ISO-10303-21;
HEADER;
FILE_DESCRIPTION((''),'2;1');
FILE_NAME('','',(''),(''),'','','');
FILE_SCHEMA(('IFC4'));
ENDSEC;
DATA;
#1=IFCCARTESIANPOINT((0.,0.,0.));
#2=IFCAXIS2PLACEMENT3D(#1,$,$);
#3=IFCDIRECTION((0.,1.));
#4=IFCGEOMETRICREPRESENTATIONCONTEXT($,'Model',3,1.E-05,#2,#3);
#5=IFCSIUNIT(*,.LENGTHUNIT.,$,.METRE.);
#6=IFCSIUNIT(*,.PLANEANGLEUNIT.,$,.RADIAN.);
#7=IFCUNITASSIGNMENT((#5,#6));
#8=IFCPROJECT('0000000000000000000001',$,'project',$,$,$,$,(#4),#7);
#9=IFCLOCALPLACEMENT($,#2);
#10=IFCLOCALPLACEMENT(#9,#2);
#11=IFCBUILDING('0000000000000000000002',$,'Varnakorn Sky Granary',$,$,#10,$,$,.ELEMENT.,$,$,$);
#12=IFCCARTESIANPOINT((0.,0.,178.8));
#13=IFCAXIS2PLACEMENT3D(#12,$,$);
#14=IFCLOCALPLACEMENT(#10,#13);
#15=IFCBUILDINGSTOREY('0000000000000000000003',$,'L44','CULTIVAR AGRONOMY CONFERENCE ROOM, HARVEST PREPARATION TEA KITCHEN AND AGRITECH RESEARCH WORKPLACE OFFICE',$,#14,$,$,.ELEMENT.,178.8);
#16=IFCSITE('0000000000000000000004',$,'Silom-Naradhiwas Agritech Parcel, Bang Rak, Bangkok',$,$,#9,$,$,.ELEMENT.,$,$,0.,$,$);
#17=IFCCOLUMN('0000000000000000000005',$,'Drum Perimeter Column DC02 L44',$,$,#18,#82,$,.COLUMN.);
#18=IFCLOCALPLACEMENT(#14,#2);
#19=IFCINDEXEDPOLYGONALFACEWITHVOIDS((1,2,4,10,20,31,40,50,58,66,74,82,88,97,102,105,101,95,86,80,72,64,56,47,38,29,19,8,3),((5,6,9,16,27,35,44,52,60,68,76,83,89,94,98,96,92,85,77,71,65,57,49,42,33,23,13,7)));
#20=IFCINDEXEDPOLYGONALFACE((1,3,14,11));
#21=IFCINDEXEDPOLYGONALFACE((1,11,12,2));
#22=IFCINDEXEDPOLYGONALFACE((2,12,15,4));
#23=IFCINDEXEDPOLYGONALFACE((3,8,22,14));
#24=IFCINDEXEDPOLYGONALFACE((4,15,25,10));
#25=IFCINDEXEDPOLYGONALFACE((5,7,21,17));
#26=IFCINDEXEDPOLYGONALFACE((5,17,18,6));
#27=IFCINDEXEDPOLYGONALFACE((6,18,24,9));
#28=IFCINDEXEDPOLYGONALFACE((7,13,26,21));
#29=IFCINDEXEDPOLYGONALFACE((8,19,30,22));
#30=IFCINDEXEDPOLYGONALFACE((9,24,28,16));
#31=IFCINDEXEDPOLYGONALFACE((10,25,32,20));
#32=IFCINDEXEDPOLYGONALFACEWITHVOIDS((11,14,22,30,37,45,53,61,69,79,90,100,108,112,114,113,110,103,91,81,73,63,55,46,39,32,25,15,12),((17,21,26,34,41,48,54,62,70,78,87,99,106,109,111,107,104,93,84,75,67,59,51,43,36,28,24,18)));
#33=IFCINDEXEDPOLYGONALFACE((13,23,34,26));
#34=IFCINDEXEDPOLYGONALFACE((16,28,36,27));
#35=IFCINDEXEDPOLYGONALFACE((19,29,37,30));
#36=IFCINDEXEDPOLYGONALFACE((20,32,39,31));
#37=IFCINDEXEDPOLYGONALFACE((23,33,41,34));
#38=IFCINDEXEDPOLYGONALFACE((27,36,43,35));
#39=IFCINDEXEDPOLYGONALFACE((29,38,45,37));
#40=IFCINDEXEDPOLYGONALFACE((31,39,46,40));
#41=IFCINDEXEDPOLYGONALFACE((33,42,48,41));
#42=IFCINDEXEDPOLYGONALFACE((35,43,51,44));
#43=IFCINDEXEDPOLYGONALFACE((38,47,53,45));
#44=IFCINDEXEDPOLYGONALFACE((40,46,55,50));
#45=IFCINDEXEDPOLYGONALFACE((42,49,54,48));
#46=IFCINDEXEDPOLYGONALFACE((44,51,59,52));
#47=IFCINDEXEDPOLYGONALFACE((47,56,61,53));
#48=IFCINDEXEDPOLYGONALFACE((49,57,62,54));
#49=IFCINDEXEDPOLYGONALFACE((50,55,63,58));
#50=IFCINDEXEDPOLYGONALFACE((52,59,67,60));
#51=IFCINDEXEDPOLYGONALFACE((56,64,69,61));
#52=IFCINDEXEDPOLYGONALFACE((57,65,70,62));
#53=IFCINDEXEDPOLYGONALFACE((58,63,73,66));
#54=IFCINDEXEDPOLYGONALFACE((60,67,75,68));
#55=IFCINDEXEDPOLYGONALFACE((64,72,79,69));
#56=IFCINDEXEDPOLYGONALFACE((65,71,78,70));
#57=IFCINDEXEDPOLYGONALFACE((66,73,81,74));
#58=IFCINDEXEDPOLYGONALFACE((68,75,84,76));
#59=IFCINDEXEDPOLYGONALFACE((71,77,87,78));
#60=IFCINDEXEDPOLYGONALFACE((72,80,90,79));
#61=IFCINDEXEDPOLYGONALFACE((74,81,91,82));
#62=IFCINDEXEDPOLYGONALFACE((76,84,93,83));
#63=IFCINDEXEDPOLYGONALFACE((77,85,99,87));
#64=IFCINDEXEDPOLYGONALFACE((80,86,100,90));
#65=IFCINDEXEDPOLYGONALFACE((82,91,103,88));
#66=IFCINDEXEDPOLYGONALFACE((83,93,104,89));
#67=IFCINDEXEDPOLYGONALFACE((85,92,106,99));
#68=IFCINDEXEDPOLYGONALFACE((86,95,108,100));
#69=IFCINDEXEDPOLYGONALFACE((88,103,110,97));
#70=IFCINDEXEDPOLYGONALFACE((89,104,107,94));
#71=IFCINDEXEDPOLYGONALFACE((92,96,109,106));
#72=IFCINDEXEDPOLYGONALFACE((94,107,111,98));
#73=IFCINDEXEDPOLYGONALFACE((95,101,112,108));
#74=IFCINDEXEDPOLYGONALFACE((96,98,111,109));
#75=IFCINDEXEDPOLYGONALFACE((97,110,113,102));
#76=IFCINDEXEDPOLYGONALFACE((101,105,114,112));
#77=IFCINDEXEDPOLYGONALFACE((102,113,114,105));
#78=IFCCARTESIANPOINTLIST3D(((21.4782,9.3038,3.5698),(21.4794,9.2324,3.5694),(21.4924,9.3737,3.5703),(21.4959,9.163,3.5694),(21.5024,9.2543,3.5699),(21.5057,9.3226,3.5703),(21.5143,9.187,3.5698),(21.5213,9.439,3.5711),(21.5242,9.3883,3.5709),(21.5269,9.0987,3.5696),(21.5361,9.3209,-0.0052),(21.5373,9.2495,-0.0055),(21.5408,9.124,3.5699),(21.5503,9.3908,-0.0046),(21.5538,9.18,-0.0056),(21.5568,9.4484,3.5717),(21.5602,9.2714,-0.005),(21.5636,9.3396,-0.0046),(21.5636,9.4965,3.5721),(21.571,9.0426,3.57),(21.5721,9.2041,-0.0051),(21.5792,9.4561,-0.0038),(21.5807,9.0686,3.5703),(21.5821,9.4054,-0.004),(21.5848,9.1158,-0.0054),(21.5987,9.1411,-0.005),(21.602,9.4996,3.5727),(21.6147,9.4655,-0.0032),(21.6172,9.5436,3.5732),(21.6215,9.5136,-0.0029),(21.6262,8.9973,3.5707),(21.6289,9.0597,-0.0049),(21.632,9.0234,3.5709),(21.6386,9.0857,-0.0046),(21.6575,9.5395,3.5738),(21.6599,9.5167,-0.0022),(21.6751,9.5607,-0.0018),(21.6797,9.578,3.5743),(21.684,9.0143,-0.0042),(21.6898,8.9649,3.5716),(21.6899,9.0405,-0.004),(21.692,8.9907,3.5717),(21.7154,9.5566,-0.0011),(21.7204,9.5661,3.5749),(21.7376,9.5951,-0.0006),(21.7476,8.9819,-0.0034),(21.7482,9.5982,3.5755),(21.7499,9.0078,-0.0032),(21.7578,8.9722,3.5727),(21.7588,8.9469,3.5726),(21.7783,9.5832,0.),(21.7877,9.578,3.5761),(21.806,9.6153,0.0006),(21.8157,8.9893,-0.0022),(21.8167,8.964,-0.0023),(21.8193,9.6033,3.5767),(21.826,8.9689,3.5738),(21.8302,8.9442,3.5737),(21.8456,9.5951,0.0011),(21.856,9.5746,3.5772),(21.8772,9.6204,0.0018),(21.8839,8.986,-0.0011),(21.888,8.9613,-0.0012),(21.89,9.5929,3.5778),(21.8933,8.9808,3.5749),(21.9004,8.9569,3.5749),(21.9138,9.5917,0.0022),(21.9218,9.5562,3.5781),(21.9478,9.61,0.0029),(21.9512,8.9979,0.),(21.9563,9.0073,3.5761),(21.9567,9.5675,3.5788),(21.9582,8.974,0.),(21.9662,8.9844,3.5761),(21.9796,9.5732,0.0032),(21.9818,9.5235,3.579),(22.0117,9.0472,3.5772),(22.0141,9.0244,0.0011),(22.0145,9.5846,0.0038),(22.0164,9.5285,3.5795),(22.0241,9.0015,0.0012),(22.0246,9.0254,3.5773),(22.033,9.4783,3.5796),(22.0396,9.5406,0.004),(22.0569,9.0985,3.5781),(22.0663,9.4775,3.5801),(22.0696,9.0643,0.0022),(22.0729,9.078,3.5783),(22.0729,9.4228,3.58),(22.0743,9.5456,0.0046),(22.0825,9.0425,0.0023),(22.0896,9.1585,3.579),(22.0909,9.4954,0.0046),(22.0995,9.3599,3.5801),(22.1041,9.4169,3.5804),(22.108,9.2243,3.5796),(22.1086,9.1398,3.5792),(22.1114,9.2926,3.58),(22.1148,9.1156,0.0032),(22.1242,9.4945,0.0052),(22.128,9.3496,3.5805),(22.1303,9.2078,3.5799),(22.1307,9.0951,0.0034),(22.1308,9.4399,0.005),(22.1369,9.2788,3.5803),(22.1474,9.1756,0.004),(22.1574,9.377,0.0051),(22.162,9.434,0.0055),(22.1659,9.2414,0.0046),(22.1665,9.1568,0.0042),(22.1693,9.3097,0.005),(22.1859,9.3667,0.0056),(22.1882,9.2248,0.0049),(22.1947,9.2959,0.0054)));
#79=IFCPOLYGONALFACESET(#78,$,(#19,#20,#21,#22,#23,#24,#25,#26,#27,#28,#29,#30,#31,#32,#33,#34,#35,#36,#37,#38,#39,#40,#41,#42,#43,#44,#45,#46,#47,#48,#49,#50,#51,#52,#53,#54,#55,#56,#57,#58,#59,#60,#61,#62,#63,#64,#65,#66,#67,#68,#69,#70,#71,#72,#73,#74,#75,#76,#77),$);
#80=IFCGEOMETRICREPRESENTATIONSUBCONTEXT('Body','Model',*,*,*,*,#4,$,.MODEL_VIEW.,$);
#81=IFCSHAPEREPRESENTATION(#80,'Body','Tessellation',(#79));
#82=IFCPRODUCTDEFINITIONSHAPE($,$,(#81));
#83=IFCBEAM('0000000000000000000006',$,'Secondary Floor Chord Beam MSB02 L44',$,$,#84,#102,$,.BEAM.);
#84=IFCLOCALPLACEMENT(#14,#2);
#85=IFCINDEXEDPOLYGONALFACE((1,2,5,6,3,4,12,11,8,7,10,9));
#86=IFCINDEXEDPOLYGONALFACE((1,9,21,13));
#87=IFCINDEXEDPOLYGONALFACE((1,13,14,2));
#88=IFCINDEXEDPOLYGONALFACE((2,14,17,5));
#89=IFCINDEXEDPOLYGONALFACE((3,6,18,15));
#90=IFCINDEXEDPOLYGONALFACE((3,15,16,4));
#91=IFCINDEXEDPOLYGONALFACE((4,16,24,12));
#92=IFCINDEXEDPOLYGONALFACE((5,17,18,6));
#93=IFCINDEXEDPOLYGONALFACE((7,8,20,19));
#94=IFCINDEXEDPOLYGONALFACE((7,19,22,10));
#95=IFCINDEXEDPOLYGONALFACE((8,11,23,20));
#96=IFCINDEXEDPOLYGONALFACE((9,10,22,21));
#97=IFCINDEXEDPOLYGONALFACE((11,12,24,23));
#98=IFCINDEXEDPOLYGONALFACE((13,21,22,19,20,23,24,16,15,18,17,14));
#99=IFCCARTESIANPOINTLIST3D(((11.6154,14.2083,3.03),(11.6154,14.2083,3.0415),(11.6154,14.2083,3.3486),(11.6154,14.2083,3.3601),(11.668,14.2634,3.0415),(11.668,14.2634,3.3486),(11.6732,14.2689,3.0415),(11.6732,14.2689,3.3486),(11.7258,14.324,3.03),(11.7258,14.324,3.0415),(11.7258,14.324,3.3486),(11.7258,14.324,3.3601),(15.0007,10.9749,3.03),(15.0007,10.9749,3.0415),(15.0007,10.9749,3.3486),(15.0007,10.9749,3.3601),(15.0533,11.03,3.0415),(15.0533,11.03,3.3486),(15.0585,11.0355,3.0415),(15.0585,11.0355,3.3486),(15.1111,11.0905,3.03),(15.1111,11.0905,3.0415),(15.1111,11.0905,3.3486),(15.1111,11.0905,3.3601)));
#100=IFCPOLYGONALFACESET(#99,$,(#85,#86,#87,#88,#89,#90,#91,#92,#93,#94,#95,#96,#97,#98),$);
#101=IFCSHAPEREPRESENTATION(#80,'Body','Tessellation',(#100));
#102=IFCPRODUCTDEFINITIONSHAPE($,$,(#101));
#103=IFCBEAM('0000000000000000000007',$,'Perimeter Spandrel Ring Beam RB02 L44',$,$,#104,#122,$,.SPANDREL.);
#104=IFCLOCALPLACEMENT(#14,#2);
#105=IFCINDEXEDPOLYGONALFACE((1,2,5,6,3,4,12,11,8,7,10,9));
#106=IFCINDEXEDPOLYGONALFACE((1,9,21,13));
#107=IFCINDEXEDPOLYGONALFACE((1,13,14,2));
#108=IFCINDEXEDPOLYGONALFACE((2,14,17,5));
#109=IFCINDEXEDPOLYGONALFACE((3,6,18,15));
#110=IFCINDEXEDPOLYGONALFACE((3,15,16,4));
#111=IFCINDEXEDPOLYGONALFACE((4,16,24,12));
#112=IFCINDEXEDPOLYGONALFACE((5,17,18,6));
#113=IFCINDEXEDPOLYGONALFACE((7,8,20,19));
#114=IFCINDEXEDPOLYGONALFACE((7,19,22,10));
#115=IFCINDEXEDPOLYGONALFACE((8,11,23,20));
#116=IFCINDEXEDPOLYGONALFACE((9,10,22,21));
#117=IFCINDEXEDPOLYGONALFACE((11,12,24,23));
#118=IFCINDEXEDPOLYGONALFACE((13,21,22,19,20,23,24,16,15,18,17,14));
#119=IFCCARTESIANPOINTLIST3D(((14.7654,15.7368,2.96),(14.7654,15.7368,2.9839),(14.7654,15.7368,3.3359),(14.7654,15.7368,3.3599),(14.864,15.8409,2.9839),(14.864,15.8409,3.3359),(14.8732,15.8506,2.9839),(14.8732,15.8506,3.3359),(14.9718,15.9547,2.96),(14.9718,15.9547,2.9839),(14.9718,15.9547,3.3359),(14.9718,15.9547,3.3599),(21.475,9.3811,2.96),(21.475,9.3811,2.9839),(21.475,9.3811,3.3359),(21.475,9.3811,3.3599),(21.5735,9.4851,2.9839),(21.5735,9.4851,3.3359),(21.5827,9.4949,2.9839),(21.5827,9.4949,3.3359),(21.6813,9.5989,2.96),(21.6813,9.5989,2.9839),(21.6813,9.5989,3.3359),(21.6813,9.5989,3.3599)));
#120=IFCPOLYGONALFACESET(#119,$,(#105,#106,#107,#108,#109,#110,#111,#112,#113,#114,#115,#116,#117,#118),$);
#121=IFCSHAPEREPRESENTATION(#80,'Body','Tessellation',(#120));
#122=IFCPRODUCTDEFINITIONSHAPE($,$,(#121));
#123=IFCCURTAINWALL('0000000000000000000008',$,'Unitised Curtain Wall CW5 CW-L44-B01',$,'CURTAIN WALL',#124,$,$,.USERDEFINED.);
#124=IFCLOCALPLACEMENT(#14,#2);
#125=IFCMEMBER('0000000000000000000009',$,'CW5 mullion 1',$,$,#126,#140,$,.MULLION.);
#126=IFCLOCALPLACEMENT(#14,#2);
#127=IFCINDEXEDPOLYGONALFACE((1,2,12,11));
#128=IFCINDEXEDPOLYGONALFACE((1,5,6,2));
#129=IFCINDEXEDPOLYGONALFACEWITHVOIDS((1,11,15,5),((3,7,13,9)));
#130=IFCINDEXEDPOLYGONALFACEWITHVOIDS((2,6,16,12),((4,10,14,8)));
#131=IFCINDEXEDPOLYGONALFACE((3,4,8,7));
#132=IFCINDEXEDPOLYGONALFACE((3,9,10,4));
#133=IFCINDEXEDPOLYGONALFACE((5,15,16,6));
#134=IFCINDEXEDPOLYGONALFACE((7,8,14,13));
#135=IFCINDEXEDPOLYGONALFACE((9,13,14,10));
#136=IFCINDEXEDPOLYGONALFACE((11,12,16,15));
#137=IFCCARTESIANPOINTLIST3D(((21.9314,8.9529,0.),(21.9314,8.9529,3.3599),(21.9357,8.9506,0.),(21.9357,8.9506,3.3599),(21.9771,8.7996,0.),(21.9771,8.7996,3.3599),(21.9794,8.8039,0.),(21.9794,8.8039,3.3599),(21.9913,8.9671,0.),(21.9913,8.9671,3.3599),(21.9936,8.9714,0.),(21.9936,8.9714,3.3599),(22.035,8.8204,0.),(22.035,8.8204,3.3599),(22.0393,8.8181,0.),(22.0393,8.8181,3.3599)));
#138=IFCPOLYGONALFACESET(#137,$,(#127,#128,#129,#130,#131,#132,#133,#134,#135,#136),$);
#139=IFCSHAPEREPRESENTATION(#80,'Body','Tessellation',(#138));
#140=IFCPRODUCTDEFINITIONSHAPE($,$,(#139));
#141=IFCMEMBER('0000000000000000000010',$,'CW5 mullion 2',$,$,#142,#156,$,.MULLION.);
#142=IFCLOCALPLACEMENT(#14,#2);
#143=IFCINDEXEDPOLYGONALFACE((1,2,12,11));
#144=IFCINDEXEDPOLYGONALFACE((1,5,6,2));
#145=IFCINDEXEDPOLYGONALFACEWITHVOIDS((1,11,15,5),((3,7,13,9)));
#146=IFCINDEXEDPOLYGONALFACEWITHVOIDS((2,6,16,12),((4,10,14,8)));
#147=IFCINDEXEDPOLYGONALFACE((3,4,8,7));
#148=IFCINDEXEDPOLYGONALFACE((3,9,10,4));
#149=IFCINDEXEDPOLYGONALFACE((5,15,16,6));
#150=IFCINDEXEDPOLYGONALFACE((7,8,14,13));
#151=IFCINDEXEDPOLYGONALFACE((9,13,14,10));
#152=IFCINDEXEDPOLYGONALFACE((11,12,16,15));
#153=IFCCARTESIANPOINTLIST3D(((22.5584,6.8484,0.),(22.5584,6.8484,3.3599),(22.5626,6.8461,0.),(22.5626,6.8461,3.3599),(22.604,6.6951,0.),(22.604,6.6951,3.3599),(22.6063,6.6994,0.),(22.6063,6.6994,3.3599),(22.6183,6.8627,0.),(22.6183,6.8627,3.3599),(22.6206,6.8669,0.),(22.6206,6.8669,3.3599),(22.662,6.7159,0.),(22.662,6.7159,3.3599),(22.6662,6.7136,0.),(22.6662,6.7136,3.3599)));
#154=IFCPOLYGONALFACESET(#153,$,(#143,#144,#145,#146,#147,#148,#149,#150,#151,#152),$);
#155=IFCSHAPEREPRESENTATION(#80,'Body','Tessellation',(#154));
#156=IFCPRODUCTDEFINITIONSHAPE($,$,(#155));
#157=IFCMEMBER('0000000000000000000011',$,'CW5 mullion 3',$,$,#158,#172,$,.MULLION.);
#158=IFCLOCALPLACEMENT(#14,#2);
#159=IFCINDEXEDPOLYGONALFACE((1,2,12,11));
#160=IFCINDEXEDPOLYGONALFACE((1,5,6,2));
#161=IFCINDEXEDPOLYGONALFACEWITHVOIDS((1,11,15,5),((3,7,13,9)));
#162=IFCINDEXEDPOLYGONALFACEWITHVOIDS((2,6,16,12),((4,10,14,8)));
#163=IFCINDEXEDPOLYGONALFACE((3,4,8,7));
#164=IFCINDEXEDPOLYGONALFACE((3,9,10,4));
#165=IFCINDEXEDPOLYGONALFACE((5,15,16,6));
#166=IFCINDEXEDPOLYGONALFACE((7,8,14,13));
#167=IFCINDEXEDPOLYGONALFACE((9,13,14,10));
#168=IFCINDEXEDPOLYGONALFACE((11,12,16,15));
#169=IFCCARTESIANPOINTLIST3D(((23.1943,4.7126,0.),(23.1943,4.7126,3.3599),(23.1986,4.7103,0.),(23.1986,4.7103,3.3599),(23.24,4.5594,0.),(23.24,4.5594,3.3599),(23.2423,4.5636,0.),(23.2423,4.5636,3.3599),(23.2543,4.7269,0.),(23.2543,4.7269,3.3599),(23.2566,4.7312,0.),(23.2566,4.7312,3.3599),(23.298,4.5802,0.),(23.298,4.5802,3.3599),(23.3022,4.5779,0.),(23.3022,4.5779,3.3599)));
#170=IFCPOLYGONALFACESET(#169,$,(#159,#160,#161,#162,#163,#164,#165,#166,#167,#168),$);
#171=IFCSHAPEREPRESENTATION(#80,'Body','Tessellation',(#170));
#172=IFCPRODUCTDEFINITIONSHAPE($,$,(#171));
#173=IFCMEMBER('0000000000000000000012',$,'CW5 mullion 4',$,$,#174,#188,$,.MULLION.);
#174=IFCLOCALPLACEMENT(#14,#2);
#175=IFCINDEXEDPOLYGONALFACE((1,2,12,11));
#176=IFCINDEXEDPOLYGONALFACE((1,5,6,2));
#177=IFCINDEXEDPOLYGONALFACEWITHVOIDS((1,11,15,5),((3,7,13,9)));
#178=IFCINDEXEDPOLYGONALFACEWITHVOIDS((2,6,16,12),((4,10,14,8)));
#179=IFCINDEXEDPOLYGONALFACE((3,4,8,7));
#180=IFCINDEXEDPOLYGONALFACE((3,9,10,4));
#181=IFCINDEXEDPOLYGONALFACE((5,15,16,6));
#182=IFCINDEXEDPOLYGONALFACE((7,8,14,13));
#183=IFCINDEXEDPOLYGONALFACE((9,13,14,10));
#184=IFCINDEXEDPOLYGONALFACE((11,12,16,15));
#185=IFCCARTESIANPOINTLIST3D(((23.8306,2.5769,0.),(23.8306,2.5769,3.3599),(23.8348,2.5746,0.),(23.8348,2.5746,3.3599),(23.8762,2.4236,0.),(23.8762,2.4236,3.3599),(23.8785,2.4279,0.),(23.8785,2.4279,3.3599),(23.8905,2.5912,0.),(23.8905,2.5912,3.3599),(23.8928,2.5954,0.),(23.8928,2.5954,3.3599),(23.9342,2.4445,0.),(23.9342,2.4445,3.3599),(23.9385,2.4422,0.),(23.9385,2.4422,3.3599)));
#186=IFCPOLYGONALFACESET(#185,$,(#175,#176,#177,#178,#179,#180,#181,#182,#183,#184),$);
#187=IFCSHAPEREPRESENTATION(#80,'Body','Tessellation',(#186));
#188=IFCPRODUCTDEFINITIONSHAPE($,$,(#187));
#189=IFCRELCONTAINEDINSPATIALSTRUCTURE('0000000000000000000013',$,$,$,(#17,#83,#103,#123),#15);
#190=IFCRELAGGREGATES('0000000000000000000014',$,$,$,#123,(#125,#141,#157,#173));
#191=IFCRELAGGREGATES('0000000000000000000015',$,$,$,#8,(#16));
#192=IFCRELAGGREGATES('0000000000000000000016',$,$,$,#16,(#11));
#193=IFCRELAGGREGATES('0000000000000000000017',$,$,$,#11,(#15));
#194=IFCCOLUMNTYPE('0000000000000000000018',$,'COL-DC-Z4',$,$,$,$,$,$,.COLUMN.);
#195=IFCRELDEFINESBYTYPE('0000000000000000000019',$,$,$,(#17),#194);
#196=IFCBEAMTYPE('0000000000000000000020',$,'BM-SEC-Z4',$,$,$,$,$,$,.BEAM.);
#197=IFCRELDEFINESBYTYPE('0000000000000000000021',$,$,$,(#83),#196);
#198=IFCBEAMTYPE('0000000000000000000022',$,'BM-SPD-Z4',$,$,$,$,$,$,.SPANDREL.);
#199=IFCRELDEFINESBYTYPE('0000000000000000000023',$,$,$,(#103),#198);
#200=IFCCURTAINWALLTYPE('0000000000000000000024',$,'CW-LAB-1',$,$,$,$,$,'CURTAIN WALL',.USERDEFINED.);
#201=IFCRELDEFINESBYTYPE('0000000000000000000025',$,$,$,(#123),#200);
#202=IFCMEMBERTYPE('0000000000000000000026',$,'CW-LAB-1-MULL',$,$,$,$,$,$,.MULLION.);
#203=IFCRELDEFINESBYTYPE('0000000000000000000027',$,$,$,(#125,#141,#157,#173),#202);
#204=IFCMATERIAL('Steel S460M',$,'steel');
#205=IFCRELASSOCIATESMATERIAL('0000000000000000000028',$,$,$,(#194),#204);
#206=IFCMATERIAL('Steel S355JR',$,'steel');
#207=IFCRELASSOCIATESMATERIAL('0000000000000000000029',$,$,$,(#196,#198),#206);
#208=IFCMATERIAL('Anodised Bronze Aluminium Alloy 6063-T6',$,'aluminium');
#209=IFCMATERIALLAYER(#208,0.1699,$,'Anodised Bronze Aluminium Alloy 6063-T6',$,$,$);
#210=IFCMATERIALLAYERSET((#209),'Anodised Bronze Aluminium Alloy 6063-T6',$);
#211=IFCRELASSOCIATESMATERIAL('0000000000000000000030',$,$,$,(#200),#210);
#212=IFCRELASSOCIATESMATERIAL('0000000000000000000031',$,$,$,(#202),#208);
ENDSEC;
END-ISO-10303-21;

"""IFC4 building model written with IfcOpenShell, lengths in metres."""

from ifc_helpers import new_model, si_unit, direction, frame, origin, origin_2d, place, context, subcontext, project, spatial, hollow_rectangle, hollow_circle, i_section, extrude, material, layer, layer_set, material_profile, profile_set, type_object, element, aggregate, save


model = new_model("IFC4")

# Units and contexts
model_context = context("Model", 3, precision=1e-05, world=origin(), true_north=direction((0.0, 1.0)))
body_context = subcontext(model_context, "Body", "Model", "MODEL_VIEW")
ifc_project = project(units=[si_unit("LENGTHUNIT", "METRE"), si_unit("PLANEANGLEUNIT", "RADIAN")], contexts=[model_context])

# Site, building, storey
site_placement = place(None, origin())
site = spatial("IfcSite", under=ifc_project, at=site_placement, Name="Silom-Naradhiwas Agritech Parcel, Bang Rak, Bangkok", CompositionType="ELEMENT", RefElevation=0.0)
building_placement = place(site_placement, origin())
building = spatial("IfcBuilding", under=site, at=building_placement, Name="Varnakorn Sky Granary", CompositionType="ELEMENT")
storey_placement = place(building_placement, frame((0.0, 0.0, 178.8)))
storey = spatial("IfcBuildingStorey", under=building, at=storey_placement, Name="L44", Description="CULTIVAR AGRONOMY CONFERENCE ROOM, HARVEST PREPARATION TEA KITCHEN AND AGRITECH RESEARCH WORKPLACE OFFICE", CompositionType="ELEMENT", Elevation=178.8)

# Column
ifc_material_1 = material(Name="Steel S460M", Category="steel")
ifc_material_profile_1 = material_profile(ifc_material_1, hollow_circle(Radius=0.3301, WallThickness=0.0249, at=origin_2d()), Name="CHS 660x25")
ifc_profile_set_1 = profile_set([ifc_material_profile_1], Name="Steel S460M")
column_type = type_object("IfcColumnType", Name="COL-DC-Z4", PredefinedType="COLUMN", material=ifc_profile_set_1)
column_placement = place(storey_placement, frame((21.8647, 9.2905, 0.0), z_axis=(-0.016183, -0.00478, 0.999858), x_axis=(0.283262, -0.959043, 0.0)))
element("IfcColumn", 1, at=column_placement, inside=storey, type_object=column_type, Name="Drum Perimeter Column DC02 L44", PredefinedType="COLUMN", context=body_context, shape_type="SweptSolid", body=[
    extrude(hollow_circle(Radius=0.3301, WallThickness=0.0249, at=origin_2d()), origin(), (0.0, 0.0, 1.0), 3.5754),
])

# Beams
ifc_material_2 = material(Name="Steel S355JR", Category="steel")
ifc_material_profile_2 = material_profile(ifc_material_2, i_section(OverallWidth=0.1599, OverallDepth=0.3301, WebThickness=0.0076, FlangeThickness=0.0115, at=origin_2d()), Name="IPE 330")
ifc_profile_set_2 = profile_set([ifc_material_profile_2], Name="Steel S355JR")
beam_type_1 = type_object("IfcBeamType", Name="BM-SEC-Z4", PredefinedType="BEAM", material=ifc_profile_set_2)
beam_1_placement = place(storey_placement, frame((15.0559, 11.0327, 3.1951), z_axis=(-0.72314, 0.690701, 0.0), x_axis=(-0.690701, -0.72314, 0.0)))
element("IfcBeam", 2, at=beam_1_placement, inside=storey, type_object=beam_type_1, Name="Secondary Floor Chord Beam MSB02 L44", PredefinedType="BEAM", context=body_context, shape_type="SweptSolid", body=[
    extrude(i_section(OverallWidth=0.1599, OverallDepth=0.3301, WebThickness=0.0076, FlangeThickness=0.0115, at=origin_2d()), origin(), (0.0, 0.0, 1.0), 4.6814),
])
ifc_material_profile_3 = material_profile(ifc_material_2, i_section(OverallWidth=0.3, OverallDepth=0.3999, WebThickness=0.0134, FlangeThickness=0.0239, at=origin_2d()), Name="HE 400 B")
ifc_profile_set_3 = profile_set([ifc_material_profile_3], Name="Steel S355JR")
beam_type_2 = type_object("IfcBeamType", Name="BM-SPD-Z4", PredefinedType="SPANDREL", material=ifc_profile_set_3)
beam_2_placement = place(storey_placement, frame((21.5781, 9.49, 3.1599), z_axis=(-0.725987, 0.687709, 0.0), x_axis=(-0.687709, -0.725987, 0.0)))
element("IfcBeam", 3, at=beam_2_placement, inside=storey, type_object=beam_type_2, Name="Perimeter Spandrel Ring Beam RB02 L44", PredefinedType="SPANDREL", context=body_context, shape_type="SweptSolid", body=[
    extrude(i_section(OverallWidth=0.3, OverallDepth=0.3999, WebThickness=0.0134, FlangeThickness=0.0239, at=origin_2d()), origin(), (0.0, 0.0, 1.0), 9.2419),
])

# Curtain wall, members
ifc_material_3 = material(Name="Anodised Bronze Aluminium Alloy 6063-T6", Category="aluminium")
ifc_layer_1 = layer(ifc_material_3, 0.1699, Name="Anodised Bronze Aluminium Alloy 6063-T6")
ifc_layer_set_1 = layer_set([ifc_layer_1], Name="Anodised Bronze Aluminium Alloy 6063-T6")
curtain_wall_type = type_object("IfcCurtainWallType", Name="CW-LAB-1", ElementType="CURTAIN WALL", PredefinedType="USERDEFINED", material=ifc_layer_set_1)
curtain_wall_1_placement = place(storey_placement, origin())
curtain_wall_1 = element("IfcCurtainWall", 4, at=curtain_wall_1_placement, inside=storey, type_object=curtain_wall_type, Name="Unitised Curtain Wall CW5 CW-L44-B01", ObjectType="CURTAIN WALL", PredefinedType="USERDEFINED")
ifc_material_profile_4 = material_profile(ifc_material_3, hollow_rectangle(XDim=0.0649, YDim=0.1599, WallThickness=0.0034, at=origin_2d()), Name="ALU MULL 65x160")
ifc_profile_set_4 = profile_set([ifc_material_profile_4], Name="Anodised Bronze Aluminium Alloy 6063-T6")
member_type_1 = type_object("IfcMemberType", Name="CW-LAB-1-MULL", PredefinedType="MULLION", material=ifc_profile_set_4)
member_1_placement = place(storey_placement, frame((21.9854, 8.8855, 0.0), z_axis=(0.0, 0.0, 1.0), x_axis=(0.958389, 0.285467, 0.0)))
member_1 = element("IfcMember", 5, at=member_1_placement, type_object=member_type_1, Name="CW5 mullion 1", PredefinedType="MULLION", context=body_context, shape_type="SweptSolid", body=[
    extrude(hollow_rectangle(XDim=0.0649, YDim=0.1599, WallThickness=0.0034, at=origin_2d()), origin(), (0.0, 0.0, 1.0), 3.3599),
])
member_2_placement = place(storey_placement, frame((22.6123, 6.781, 0.0), z_axis=(0.0, 0.0, 1.0), x_axis=(0.958389, 0.285467, 0.0)))
member_2 = element("IfcMember", 6, at=member_2_placement, type_object=member_type_1, Name="CW5 mullion 2", PredefinedType="MULLION", context=body_context, shape_type="SweptSolid", body=[
    extrude(hollow_rectangle(XDim=0.0649, YDim=0.1599, WallThickness=0.0034, at=origin_2d()), origin(), (0.0, 0.0, 1.0), 3.3599),
])
member_3_placement = place(storey_placement, frame((23.2483, 4.6453, 0.0), z_axis=(0.0, 0.0, 1.0), x_axis=(0.958389, 0.285467, 0.0)))
member_3 = element("IfcMember", 7, at=member_3_placement, type_object=member_type_1, Name="CW5 mullion 3", PredefinedType="MULLION", context=body_context, shape_type="SweptSolid", body=[
    extrude(hollow_rectangle(XDim=0.0649, YDim=0.1599, WallThickness=0.0034, at=origin_2d()), origin(), (0.0, 0.0, 1.0), 3.3599),
])
member_4_placement = place(storey_placement, frame((23.8845, 2.5095, 0.0), z_axis=(0.0, 0.0, 1.0), x_axis=(0.958389, 0.285467, 0.0)))
member_4 = element("IfcMember", 8, at=member_4_placement, type_object=member_type_1, Name="CW5 mullion 4", PredefinedType="MULLION", context=body_context, shape_type="SweptSolid", body=[
    extrude(hollow_rectangle(XDim=0.0649, YDim=0.1599, WallThickness=0.0034, at=origin_2d()), origin(), (0.0, 0.0, 1.0), 3.3599),
])

aggregate(curtain_wall_1, [member_1, member_2, member_3, member_4])

save(model, "model.ifc")
